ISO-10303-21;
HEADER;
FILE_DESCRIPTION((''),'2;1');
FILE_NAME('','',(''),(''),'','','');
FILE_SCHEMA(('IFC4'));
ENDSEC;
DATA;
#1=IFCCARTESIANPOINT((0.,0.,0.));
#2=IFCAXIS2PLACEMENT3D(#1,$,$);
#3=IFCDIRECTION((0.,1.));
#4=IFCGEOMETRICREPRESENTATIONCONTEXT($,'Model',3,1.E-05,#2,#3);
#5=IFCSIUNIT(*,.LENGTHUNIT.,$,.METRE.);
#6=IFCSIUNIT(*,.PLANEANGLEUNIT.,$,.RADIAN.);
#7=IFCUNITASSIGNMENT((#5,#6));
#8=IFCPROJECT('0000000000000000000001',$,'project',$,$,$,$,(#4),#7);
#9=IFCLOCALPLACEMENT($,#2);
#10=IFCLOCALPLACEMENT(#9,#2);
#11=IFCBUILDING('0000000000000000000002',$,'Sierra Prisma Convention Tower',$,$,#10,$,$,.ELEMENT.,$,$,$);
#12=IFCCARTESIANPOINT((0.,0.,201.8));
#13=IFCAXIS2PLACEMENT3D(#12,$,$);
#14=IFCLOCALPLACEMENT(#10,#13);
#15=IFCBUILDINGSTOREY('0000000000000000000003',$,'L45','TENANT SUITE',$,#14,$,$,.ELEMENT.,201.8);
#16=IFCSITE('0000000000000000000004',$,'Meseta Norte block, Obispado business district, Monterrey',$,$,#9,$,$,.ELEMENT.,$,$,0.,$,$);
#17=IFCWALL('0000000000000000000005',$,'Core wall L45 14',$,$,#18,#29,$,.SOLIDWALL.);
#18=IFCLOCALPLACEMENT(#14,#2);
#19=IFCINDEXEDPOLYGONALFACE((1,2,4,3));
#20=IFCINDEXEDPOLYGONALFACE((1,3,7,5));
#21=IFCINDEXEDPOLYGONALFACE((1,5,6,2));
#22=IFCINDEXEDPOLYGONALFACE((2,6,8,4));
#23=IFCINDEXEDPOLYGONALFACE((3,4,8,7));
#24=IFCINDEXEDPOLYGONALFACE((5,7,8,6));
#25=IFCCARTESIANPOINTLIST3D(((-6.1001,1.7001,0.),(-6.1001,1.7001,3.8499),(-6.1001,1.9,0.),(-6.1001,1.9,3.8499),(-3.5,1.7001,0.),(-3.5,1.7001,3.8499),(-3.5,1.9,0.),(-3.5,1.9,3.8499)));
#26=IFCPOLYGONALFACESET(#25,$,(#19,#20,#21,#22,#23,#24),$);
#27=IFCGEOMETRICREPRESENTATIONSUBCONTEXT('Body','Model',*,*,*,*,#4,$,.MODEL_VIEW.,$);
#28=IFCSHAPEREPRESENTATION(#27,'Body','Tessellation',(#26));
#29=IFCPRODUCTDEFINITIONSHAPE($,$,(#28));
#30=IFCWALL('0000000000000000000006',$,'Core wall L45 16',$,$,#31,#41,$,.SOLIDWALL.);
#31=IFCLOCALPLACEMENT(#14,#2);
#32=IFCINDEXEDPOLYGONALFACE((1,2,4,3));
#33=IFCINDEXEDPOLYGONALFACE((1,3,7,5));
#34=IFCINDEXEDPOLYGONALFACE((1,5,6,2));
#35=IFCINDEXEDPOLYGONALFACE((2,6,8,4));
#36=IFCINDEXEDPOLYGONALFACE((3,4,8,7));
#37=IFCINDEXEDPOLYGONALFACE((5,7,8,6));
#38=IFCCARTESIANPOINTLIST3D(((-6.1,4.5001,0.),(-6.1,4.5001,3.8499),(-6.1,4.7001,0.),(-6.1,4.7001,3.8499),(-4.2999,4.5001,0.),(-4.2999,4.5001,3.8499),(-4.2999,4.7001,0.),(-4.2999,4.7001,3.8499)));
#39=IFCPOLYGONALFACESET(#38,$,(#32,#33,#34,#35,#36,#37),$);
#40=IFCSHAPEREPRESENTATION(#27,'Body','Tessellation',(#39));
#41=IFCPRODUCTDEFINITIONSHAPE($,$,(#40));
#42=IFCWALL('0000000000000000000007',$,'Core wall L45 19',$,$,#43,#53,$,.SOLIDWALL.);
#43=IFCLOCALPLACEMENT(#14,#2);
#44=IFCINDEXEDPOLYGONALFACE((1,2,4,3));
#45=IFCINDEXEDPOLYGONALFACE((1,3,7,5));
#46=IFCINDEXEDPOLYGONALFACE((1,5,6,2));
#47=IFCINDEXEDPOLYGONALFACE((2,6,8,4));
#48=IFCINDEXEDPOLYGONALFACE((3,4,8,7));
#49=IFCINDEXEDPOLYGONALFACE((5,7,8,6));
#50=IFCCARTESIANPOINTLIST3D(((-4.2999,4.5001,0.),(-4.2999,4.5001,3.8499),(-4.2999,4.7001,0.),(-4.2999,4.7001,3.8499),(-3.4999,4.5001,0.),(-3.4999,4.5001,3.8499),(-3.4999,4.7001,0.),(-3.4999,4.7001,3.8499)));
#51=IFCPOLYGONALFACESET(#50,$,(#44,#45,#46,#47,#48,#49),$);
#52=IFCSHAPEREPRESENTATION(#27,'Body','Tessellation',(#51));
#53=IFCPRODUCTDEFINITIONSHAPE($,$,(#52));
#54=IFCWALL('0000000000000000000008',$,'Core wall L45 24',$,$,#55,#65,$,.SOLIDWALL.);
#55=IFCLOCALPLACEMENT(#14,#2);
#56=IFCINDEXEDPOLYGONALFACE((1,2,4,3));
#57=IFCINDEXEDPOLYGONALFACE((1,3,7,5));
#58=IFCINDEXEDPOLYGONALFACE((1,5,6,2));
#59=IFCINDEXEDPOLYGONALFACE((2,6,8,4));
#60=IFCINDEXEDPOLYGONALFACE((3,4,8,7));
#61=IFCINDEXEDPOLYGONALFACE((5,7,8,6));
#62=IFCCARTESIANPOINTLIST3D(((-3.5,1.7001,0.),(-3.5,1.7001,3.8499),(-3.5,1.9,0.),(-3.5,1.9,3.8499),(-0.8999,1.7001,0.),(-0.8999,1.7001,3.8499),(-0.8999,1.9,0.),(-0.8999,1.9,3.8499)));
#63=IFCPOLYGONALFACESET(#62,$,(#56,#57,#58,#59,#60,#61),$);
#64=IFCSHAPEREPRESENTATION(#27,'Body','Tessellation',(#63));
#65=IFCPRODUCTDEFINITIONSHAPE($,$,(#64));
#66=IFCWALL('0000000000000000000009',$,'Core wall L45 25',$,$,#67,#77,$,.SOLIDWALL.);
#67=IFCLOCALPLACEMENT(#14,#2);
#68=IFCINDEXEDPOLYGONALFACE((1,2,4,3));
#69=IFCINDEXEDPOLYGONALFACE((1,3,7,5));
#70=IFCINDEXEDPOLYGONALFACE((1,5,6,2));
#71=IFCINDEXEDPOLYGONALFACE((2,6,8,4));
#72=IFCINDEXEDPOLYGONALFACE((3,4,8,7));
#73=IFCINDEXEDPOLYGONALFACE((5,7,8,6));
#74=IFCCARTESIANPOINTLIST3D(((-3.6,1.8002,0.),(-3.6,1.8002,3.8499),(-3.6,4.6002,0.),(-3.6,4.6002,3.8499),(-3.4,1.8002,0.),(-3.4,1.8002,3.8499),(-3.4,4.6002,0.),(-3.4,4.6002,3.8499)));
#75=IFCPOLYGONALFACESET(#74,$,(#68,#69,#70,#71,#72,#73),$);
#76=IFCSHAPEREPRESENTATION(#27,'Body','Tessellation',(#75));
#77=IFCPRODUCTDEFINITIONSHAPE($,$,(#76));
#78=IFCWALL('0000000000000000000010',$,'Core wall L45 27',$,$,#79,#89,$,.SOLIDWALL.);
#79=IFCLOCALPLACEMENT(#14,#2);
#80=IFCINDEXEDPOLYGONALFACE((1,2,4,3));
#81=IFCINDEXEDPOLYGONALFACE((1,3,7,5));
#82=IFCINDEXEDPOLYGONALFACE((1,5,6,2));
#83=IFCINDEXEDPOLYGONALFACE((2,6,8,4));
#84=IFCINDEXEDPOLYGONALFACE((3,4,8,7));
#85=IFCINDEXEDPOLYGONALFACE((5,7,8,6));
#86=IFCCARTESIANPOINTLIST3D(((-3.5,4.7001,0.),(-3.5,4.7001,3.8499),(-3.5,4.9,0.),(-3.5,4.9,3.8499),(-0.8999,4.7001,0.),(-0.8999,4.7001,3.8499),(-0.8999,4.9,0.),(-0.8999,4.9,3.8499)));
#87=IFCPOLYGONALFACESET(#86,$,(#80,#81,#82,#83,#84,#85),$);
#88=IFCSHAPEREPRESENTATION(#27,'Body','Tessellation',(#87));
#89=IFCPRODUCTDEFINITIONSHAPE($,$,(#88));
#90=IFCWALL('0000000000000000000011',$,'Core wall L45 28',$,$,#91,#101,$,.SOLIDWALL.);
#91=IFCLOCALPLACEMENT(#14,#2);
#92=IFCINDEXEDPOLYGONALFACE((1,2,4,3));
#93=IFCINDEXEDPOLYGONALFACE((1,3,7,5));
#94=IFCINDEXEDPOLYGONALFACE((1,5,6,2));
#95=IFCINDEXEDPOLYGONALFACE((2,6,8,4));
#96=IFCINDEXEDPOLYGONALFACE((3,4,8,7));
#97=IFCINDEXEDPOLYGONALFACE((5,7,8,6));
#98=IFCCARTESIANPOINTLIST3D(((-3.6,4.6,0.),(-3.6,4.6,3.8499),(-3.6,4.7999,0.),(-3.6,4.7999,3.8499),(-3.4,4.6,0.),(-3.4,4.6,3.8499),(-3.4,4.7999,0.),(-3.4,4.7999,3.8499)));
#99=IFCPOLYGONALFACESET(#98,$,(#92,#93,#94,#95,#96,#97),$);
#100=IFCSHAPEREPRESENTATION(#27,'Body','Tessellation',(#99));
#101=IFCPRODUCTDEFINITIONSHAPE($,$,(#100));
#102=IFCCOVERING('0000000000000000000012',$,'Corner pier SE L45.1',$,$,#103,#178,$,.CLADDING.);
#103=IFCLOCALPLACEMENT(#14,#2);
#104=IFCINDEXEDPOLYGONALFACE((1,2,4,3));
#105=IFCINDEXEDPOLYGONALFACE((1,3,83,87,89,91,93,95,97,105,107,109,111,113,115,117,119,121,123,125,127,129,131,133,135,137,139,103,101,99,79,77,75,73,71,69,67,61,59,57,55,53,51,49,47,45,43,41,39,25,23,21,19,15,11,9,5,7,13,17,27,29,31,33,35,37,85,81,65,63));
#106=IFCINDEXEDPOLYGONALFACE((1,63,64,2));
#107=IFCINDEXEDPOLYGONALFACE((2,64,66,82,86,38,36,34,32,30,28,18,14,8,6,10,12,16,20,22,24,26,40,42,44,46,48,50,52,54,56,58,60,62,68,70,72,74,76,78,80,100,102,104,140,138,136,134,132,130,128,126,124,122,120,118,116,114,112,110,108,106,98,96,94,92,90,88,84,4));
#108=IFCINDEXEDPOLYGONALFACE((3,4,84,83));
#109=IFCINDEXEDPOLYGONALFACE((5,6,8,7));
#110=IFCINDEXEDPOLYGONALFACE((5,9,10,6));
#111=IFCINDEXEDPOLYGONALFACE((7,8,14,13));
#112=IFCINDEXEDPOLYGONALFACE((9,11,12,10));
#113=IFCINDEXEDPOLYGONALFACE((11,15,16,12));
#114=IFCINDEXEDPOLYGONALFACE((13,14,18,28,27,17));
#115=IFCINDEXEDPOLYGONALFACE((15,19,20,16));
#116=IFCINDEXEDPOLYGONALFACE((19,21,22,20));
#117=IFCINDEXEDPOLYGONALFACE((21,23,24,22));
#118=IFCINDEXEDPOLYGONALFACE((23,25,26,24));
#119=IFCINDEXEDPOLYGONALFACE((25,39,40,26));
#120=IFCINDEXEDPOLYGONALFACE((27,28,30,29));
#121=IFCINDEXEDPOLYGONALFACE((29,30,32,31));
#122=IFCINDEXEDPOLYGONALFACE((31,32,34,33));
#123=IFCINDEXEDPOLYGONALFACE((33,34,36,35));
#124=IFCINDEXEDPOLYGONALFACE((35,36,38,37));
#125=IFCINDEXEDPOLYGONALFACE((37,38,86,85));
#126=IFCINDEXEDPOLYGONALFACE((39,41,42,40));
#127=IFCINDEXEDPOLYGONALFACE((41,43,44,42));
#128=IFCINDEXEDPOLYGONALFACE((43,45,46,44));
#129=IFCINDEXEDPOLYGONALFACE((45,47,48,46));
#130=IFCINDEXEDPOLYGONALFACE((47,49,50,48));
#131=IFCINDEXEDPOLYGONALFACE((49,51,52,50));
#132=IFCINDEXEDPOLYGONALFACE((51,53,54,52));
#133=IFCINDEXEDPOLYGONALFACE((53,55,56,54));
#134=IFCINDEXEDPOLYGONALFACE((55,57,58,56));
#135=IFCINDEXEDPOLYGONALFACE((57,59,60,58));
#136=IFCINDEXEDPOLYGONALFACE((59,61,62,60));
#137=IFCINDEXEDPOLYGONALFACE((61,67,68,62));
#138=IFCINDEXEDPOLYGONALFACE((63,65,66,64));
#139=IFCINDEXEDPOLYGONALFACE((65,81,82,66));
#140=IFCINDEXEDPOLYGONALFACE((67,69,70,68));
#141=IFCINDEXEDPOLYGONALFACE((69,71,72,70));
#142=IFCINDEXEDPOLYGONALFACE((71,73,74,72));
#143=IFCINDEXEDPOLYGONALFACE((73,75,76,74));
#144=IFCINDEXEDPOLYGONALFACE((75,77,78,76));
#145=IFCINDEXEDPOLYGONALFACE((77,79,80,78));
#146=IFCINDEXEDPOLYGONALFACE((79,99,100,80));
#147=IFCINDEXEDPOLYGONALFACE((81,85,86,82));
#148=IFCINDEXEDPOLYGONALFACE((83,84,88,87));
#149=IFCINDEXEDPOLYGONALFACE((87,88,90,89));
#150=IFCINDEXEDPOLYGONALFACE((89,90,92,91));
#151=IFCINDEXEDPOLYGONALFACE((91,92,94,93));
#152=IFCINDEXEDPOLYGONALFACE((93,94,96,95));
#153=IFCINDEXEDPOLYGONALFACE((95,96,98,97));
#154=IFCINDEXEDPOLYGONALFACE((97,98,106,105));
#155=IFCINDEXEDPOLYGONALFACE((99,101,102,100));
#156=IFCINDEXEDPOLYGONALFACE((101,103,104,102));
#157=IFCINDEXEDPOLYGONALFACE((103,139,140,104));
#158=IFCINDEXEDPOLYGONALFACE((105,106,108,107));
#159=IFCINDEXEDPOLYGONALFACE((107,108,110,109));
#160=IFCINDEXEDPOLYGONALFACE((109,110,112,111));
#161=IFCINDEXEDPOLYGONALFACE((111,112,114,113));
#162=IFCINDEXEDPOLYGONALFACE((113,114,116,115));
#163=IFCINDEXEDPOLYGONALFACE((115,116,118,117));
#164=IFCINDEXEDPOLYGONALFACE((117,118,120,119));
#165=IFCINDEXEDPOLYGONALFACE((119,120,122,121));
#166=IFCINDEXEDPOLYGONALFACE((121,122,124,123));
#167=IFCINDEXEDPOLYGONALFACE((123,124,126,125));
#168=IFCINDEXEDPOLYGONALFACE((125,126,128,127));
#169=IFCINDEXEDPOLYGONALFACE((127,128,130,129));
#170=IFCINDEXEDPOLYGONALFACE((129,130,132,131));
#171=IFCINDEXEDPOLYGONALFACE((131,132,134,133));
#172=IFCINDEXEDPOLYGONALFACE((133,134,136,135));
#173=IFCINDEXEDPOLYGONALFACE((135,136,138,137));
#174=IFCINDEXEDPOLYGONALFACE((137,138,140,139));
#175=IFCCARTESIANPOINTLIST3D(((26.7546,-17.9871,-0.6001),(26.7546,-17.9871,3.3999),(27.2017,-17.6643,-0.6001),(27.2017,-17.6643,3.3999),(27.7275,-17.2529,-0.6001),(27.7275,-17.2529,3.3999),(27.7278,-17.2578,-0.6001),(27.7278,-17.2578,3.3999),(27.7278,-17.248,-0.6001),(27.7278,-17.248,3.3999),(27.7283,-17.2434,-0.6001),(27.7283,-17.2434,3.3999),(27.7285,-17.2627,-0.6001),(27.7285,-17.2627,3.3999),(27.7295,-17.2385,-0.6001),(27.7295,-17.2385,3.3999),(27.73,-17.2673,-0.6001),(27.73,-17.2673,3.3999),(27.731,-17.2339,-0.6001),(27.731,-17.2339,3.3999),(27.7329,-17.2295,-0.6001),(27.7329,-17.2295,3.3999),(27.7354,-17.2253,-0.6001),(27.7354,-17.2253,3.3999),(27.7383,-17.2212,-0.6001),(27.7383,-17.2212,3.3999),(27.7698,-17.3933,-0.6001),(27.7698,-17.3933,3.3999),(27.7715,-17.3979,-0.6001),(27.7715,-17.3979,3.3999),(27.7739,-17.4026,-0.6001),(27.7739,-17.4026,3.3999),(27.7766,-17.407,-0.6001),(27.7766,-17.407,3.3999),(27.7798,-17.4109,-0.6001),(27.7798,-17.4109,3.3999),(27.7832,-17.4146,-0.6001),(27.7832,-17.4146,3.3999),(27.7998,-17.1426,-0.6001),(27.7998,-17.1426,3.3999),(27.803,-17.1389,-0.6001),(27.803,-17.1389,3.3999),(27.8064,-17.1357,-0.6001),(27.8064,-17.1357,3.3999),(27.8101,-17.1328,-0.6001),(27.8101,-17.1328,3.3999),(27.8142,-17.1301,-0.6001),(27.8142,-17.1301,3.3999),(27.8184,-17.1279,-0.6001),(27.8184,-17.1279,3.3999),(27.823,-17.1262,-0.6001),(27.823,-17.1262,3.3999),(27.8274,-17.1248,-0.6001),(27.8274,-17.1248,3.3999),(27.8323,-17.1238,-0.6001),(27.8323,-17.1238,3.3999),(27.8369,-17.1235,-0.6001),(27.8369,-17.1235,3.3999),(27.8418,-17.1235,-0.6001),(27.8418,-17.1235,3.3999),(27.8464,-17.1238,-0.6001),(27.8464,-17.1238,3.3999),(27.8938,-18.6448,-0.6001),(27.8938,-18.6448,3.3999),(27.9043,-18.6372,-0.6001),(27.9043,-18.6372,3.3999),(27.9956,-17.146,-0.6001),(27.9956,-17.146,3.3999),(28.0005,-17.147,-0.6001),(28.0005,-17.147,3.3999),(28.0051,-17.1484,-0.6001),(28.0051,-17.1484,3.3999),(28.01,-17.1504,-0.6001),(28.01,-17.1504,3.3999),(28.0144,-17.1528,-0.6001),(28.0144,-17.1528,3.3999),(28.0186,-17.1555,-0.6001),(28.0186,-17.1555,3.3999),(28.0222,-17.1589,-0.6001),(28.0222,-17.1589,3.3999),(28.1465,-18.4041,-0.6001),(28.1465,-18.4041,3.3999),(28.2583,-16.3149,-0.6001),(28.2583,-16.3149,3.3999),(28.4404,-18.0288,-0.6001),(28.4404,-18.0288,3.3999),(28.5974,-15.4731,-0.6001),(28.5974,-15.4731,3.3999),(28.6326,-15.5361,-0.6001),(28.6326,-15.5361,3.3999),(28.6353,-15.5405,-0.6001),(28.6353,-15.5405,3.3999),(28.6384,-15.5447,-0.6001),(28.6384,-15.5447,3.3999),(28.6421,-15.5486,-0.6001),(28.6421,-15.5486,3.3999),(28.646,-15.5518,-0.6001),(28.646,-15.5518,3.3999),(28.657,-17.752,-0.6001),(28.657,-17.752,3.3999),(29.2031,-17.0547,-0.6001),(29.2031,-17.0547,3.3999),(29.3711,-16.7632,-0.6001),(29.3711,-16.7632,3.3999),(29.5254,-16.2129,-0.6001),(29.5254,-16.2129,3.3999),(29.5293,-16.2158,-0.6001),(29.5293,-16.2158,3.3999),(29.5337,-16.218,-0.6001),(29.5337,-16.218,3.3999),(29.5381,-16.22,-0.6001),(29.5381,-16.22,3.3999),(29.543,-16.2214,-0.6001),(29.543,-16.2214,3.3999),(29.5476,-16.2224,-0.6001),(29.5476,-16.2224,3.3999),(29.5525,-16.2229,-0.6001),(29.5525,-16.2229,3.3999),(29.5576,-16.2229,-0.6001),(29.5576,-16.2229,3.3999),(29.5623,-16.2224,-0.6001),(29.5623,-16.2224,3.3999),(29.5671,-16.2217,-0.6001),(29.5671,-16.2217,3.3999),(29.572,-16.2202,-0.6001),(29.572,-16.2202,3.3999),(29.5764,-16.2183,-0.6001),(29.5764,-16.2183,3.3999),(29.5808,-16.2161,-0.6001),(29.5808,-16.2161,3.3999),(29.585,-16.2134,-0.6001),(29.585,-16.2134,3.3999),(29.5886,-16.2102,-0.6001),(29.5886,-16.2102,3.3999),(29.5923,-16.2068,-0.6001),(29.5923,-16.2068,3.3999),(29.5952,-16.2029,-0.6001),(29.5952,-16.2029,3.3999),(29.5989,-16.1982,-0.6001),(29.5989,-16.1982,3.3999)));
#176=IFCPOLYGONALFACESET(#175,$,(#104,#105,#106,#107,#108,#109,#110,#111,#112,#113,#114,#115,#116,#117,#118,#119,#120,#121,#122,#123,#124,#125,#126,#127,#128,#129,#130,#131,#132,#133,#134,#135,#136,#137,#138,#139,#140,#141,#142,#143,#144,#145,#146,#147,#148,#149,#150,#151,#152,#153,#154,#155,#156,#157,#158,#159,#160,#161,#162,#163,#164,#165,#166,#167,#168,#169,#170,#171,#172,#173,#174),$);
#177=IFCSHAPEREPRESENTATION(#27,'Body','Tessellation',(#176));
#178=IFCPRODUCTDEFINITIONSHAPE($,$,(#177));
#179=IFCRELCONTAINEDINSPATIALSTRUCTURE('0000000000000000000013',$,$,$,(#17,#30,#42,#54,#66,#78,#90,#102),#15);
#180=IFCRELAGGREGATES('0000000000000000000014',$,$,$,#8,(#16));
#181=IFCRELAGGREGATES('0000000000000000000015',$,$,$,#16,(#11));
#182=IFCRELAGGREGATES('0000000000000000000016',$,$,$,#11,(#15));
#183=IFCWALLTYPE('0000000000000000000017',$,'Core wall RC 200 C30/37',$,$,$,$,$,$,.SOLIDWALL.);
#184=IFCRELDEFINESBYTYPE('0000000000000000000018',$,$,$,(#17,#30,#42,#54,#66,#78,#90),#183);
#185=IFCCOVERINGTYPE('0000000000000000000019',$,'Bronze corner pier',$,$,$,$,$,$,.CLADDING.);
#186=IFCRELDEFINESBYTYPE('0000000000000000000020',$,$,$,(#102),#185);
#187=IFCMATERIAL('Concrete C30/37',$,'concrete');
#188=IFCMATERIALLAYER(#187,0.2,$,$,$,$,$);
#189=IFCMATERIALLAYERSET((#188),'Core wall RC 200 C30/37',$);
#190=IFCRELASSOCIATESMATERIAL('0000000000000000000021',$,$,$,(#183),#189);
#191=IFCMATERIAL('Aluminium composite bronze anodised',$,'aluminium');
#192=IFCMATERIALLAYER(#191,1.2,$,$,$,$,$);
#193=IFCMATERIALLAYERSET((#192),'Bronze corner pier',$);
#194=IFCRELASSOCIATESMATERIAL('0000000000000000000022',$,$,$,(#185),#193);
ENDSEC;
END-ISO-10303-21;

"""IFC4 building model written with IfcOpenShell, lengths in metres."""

from ifc_helpers import new_model, si_unit, direction, frame, frame_2d, origin, place, context, subcontext, project, spatial, polyline, rectangle, outline, extrude, material, layer, layer_set, type_object, element, save


model = new_model("IFC4")

# Units and contexts
model_context = context("Model", 3, precision=1e-05, world=origin(), true_north=direction((0.0, 1.0)))
body_context = subcontext(model_context, "Body", "Model", "MODEL_VIEW")
ifc_project = project(units=[si_unit("LENGTHUNIT", "METRE"), si_unit("PLANEANGLEUNIT", "RADIAN")], contexts=[model_context])

# Site, building, storey
site_placement = place(None, origin())
site = spatial("IfcSite", under=ifc_project, at=site_placement, Name="Meseta Norte block, Obispado business district, Monterrey", CompositionType="ELEMENT", RefElevation=0.0)
building_placement = place(site_placement, origin())
building = spatial("IfcBuilding", under=site, at=building_placement, Name="Sierra Prisma Convention Tower", CompositionType="ELEMENT")
storey_placement = place(building_placement, frame((0.0, 0.0, 201.8)))
storey = spatial("IfcBuildingStorey", under=building, at=storey_placement, Name="L45", Description="TENANT SUITE", CompositionType="ELEMENT", Elevation=201.8)

# Walls
ifc_material_1 = material(Name="Concrete C30/37", Category="concrete")
ifc_layer_1 = layer(ifc_material_1, 0.2)
ifc_layer_set_1 = layer_set([ifc_layer_1], Name="Core wall RC 200 C30/37")
wall_type = type_object("IfcWallType", Name="Core wall RC 200 C30/37", PredefinedType="SOLIDWALL", material=ifc_layer_set_1)
wall_1_placement = place(storey_placement, frame((-3.5, 1.8, 0.0), z_axis=(0.0, 0.0, 1.0), x_axis=(-1.0, 0.0, 0.0)))
element("IfcWall", 1, at=wall_1_placement, inside=storey, type_object=wall_type, Name="Core wall L45 14", PredefinedType="SOLIDWALL", context=body_context, shape_type="SweptSolid", body=[
    extrude(rectangle(XDim=2.6001, YDim=0.2, at=frame_2d((1.3, 0.0))), origin(), (0.0, 0.0, 1.0), 3.8499),
])
wall_2_placement = place(storey_placement, frame((-4.3, 4.6001, 0.0), z_axis=(0.0, 0.0, 1.0), x_axis=(-1.0, 0.0, 0.0)))
element("IfcWall", 2, at=wall_2_placement, inside=storey, type_object=wall_type, Name="Core wall L45 16", PredefinedType="SOLIDWALL", context=body_context, shape_type="SweptSolid", body=[
    extrude(rectangle(XDim=1.8, YDim=0.2, at=frame_2d((0.8999, 0.0))), origin(), (0.0, 0.0, 1.0), 3.8499),
])
wall_3_placement = place(storey_placement, frame((-3.5, 4.6001, 0.0), z_axis=(0.0, 0.0, 1.0), x_axis=(-1.0, 0.0, 0.0)))
element("IfcWall", 3, at=wall_3_placement, inside=storey, type_object=wall_type, Name="Core wall L45 19", PredefinedType="SOLIDWALL", context=body_context, shape_type="SweptSolid", body=[
    extrude(rectangle(XDim=0.8, YDim=0.2, at=frame_2d((0.3999, 0.0))), origin(), (0.0, 0.0, 1.0), 3.8499),
])

# Walls
wall_4_placement = place(storey_placement, frame((-0.8999, 1.8, 0.0), z_axis=(0.0, 0.0, 1.0), x_axis=(-1.0, 0.0, 0.0)))
element("IfcWall", 4, at=wall_4_placement, inside=storey, type_object=wall_type, Name="Core wall L45 24", PredefinedType="SOLIDWALL", context=body_context, shape_type="SweptSolid", body=[
    extrude(rectangle(XDim=2.6001, YDim=0.2, at=frame_2d((1.3, 0.0))), origin(), (0.0, 0.0, 1.0), 3.8499),
])
wall_5_placement = place(storey_placement, frame((-3.5, 4.6001, 0.0), z_axis=(0.0, 0.0, 1.0), x_axis=(0.0, -1.0, 0.0)))
element("IfcWall", 5, at=wall_5_placement, inside=storey, type_object=wall_type, Name="Core wall L45 25", PredefinedType="SOLIDWALL", context=body_context, shape_type="SweptSolid", body=[
    extrude(rectangle(XDim=2.8, YDim=0.2, at=frame_2d((1.3999, 0.0))), origin(), (0.0, 0.0, 1.0), 3.8499),
])

# Walls
wall_6_placement = place(storey_placement, frame((-0.8999, 4.8, 0.0), z_axis=(0.0, 0.0, 1.0), x_axis=(-1.0, 0.0, 0.0)))
element("IfcWall", 6, at=wall_6_placement, inside=storey, type_object=wall_type, Name="Core wall L45 27", PredefinedType="SOLIDWALL", context=body_context, shape_type="SweptSolid", body=[
    extrude(rectangle(XDim=2.6001, YDim=0.2, at=frame_2d((1.3, 0.0))), origin(), (0.0, 0.0, 1.0), 3.8499),
])
wall_7_placement = place(storey_placement, frame((-3.5, 4.8, 0.0), z_axis=(0.0, 0.0, 1.0), x_axis=(0.0, -1.0, 0.0)))
element("IfcWall", 7, at=wall_7_placement, inside=storey, type_object=wall_type, Name="Core wall L45 28", PredefinedType="SOLIDWALL", context=body_context, shape_type="SweptSolid", body=[
    extrude(rectangle(XDim=0.2, YDim=0.2, at=frame_2d((0.1001, 0.0))), origin(), (0.0, 0.0, 1.0), 3.8499),
])

# Covering
ifc_material_2 = material(Name="Aluminium composite bronze anodised", Category="aluminium")
ifc_layer_2 = layer(ifc_material_2, 1.2)
ifc_layer_set_2 = layer_set([ifc_layer_2], Name="Bronze corner pier")
covering_type_1 = type_object("IfcCoveringType", Name="Bronze corner pier", PredefinedType="CLADDING", material=ifc_layer_set_2)
covering_1_placement = place(storey_placement, frame((0.0, 0.0, -0.6001)))
element("IfcCovering", 8, at=covering_1_placement, inside=storey, type_object=covering_type_1, Name="Corner pier SE L45.1", PredefinedType="CLADDING", context=body_context, shape_type="SweptSolid", body=[
    extrude(outline(polyline([(27.8369, -17.1235), (27.8323, -17.1238), (27.8274, -17.1248), (27.823, -17.1262), (27.8184, -17.1279), (27.8142, -17.1301), (27.8101, -17.1328), (27.8064, -17.1357), (27.803, -17.1389), (27.7998, -17.1426), (27.7383, -17.2212), (27.7354, -17.2253), (27.7329, -17.2295), (27.731, -17.2339), (27.7295, -17.2385), (27.7283, -17.2434), (27.7278, -17.248), (27.7275, -17.2529), (27.7278, -17.2578), (27.7285, -17.2627), (27.73, -17.2673), (27.7698, -17.3933), (27.7715, -17.3979), (27.7739, -17.4026), (27.7766, -17.407), (27.7798, -17.4109), (27.7832, -17.4146), (28.4404, -18.0288), (28.1465, -18.4041), (27.9043, -18.6372), (27.8938, -18.6448), (26.7546, -17.9871), (27.2017, -17.6643), (28.2583, -16.3149), (28.5974, -15.4731), (28.6326, -15.5361), (28.6353, -15.5405), (28.6384, -15.5447), (28.6421, -15.5486), (28.646, -15.5518), (29.5254, -16.2129), (29.5293, -16.2158), (29.5337, -16.218), (29.5381, -16.22), (29.543, -16.2214), (29.5476, -16.2224), (29.5525, -16.2229), (29.5576, -16.2229), (29.5623, -16.2224), (29.5671, -16.2217), (29.572, -16.2202), (29.5764, -16.2183), (29.5808, -16.2161), (29.585, -16.2134), (29.5886, -16.2102), (29.5923, -16.2068), (29.5952, -16.2029), (29.5989, -16.1982), (29.3711, -16.7632), (29.2031, -17.0547), (28.657, -17.752), (28.0222, -17.1589), (28.0186, -17.1555), (28.0144, -17.1528), (28.01, -17.1504), (28.0051, -17.1484), (28.0005, -17.147), (27.9956, -17.146), (27.8464, -17.1238), (27.8418, -17.1235), (27.8369, -17.1235)])), origin(), (0.0, 0.0, 1.0), 4.0),
])

save(model, "model.ifc")
